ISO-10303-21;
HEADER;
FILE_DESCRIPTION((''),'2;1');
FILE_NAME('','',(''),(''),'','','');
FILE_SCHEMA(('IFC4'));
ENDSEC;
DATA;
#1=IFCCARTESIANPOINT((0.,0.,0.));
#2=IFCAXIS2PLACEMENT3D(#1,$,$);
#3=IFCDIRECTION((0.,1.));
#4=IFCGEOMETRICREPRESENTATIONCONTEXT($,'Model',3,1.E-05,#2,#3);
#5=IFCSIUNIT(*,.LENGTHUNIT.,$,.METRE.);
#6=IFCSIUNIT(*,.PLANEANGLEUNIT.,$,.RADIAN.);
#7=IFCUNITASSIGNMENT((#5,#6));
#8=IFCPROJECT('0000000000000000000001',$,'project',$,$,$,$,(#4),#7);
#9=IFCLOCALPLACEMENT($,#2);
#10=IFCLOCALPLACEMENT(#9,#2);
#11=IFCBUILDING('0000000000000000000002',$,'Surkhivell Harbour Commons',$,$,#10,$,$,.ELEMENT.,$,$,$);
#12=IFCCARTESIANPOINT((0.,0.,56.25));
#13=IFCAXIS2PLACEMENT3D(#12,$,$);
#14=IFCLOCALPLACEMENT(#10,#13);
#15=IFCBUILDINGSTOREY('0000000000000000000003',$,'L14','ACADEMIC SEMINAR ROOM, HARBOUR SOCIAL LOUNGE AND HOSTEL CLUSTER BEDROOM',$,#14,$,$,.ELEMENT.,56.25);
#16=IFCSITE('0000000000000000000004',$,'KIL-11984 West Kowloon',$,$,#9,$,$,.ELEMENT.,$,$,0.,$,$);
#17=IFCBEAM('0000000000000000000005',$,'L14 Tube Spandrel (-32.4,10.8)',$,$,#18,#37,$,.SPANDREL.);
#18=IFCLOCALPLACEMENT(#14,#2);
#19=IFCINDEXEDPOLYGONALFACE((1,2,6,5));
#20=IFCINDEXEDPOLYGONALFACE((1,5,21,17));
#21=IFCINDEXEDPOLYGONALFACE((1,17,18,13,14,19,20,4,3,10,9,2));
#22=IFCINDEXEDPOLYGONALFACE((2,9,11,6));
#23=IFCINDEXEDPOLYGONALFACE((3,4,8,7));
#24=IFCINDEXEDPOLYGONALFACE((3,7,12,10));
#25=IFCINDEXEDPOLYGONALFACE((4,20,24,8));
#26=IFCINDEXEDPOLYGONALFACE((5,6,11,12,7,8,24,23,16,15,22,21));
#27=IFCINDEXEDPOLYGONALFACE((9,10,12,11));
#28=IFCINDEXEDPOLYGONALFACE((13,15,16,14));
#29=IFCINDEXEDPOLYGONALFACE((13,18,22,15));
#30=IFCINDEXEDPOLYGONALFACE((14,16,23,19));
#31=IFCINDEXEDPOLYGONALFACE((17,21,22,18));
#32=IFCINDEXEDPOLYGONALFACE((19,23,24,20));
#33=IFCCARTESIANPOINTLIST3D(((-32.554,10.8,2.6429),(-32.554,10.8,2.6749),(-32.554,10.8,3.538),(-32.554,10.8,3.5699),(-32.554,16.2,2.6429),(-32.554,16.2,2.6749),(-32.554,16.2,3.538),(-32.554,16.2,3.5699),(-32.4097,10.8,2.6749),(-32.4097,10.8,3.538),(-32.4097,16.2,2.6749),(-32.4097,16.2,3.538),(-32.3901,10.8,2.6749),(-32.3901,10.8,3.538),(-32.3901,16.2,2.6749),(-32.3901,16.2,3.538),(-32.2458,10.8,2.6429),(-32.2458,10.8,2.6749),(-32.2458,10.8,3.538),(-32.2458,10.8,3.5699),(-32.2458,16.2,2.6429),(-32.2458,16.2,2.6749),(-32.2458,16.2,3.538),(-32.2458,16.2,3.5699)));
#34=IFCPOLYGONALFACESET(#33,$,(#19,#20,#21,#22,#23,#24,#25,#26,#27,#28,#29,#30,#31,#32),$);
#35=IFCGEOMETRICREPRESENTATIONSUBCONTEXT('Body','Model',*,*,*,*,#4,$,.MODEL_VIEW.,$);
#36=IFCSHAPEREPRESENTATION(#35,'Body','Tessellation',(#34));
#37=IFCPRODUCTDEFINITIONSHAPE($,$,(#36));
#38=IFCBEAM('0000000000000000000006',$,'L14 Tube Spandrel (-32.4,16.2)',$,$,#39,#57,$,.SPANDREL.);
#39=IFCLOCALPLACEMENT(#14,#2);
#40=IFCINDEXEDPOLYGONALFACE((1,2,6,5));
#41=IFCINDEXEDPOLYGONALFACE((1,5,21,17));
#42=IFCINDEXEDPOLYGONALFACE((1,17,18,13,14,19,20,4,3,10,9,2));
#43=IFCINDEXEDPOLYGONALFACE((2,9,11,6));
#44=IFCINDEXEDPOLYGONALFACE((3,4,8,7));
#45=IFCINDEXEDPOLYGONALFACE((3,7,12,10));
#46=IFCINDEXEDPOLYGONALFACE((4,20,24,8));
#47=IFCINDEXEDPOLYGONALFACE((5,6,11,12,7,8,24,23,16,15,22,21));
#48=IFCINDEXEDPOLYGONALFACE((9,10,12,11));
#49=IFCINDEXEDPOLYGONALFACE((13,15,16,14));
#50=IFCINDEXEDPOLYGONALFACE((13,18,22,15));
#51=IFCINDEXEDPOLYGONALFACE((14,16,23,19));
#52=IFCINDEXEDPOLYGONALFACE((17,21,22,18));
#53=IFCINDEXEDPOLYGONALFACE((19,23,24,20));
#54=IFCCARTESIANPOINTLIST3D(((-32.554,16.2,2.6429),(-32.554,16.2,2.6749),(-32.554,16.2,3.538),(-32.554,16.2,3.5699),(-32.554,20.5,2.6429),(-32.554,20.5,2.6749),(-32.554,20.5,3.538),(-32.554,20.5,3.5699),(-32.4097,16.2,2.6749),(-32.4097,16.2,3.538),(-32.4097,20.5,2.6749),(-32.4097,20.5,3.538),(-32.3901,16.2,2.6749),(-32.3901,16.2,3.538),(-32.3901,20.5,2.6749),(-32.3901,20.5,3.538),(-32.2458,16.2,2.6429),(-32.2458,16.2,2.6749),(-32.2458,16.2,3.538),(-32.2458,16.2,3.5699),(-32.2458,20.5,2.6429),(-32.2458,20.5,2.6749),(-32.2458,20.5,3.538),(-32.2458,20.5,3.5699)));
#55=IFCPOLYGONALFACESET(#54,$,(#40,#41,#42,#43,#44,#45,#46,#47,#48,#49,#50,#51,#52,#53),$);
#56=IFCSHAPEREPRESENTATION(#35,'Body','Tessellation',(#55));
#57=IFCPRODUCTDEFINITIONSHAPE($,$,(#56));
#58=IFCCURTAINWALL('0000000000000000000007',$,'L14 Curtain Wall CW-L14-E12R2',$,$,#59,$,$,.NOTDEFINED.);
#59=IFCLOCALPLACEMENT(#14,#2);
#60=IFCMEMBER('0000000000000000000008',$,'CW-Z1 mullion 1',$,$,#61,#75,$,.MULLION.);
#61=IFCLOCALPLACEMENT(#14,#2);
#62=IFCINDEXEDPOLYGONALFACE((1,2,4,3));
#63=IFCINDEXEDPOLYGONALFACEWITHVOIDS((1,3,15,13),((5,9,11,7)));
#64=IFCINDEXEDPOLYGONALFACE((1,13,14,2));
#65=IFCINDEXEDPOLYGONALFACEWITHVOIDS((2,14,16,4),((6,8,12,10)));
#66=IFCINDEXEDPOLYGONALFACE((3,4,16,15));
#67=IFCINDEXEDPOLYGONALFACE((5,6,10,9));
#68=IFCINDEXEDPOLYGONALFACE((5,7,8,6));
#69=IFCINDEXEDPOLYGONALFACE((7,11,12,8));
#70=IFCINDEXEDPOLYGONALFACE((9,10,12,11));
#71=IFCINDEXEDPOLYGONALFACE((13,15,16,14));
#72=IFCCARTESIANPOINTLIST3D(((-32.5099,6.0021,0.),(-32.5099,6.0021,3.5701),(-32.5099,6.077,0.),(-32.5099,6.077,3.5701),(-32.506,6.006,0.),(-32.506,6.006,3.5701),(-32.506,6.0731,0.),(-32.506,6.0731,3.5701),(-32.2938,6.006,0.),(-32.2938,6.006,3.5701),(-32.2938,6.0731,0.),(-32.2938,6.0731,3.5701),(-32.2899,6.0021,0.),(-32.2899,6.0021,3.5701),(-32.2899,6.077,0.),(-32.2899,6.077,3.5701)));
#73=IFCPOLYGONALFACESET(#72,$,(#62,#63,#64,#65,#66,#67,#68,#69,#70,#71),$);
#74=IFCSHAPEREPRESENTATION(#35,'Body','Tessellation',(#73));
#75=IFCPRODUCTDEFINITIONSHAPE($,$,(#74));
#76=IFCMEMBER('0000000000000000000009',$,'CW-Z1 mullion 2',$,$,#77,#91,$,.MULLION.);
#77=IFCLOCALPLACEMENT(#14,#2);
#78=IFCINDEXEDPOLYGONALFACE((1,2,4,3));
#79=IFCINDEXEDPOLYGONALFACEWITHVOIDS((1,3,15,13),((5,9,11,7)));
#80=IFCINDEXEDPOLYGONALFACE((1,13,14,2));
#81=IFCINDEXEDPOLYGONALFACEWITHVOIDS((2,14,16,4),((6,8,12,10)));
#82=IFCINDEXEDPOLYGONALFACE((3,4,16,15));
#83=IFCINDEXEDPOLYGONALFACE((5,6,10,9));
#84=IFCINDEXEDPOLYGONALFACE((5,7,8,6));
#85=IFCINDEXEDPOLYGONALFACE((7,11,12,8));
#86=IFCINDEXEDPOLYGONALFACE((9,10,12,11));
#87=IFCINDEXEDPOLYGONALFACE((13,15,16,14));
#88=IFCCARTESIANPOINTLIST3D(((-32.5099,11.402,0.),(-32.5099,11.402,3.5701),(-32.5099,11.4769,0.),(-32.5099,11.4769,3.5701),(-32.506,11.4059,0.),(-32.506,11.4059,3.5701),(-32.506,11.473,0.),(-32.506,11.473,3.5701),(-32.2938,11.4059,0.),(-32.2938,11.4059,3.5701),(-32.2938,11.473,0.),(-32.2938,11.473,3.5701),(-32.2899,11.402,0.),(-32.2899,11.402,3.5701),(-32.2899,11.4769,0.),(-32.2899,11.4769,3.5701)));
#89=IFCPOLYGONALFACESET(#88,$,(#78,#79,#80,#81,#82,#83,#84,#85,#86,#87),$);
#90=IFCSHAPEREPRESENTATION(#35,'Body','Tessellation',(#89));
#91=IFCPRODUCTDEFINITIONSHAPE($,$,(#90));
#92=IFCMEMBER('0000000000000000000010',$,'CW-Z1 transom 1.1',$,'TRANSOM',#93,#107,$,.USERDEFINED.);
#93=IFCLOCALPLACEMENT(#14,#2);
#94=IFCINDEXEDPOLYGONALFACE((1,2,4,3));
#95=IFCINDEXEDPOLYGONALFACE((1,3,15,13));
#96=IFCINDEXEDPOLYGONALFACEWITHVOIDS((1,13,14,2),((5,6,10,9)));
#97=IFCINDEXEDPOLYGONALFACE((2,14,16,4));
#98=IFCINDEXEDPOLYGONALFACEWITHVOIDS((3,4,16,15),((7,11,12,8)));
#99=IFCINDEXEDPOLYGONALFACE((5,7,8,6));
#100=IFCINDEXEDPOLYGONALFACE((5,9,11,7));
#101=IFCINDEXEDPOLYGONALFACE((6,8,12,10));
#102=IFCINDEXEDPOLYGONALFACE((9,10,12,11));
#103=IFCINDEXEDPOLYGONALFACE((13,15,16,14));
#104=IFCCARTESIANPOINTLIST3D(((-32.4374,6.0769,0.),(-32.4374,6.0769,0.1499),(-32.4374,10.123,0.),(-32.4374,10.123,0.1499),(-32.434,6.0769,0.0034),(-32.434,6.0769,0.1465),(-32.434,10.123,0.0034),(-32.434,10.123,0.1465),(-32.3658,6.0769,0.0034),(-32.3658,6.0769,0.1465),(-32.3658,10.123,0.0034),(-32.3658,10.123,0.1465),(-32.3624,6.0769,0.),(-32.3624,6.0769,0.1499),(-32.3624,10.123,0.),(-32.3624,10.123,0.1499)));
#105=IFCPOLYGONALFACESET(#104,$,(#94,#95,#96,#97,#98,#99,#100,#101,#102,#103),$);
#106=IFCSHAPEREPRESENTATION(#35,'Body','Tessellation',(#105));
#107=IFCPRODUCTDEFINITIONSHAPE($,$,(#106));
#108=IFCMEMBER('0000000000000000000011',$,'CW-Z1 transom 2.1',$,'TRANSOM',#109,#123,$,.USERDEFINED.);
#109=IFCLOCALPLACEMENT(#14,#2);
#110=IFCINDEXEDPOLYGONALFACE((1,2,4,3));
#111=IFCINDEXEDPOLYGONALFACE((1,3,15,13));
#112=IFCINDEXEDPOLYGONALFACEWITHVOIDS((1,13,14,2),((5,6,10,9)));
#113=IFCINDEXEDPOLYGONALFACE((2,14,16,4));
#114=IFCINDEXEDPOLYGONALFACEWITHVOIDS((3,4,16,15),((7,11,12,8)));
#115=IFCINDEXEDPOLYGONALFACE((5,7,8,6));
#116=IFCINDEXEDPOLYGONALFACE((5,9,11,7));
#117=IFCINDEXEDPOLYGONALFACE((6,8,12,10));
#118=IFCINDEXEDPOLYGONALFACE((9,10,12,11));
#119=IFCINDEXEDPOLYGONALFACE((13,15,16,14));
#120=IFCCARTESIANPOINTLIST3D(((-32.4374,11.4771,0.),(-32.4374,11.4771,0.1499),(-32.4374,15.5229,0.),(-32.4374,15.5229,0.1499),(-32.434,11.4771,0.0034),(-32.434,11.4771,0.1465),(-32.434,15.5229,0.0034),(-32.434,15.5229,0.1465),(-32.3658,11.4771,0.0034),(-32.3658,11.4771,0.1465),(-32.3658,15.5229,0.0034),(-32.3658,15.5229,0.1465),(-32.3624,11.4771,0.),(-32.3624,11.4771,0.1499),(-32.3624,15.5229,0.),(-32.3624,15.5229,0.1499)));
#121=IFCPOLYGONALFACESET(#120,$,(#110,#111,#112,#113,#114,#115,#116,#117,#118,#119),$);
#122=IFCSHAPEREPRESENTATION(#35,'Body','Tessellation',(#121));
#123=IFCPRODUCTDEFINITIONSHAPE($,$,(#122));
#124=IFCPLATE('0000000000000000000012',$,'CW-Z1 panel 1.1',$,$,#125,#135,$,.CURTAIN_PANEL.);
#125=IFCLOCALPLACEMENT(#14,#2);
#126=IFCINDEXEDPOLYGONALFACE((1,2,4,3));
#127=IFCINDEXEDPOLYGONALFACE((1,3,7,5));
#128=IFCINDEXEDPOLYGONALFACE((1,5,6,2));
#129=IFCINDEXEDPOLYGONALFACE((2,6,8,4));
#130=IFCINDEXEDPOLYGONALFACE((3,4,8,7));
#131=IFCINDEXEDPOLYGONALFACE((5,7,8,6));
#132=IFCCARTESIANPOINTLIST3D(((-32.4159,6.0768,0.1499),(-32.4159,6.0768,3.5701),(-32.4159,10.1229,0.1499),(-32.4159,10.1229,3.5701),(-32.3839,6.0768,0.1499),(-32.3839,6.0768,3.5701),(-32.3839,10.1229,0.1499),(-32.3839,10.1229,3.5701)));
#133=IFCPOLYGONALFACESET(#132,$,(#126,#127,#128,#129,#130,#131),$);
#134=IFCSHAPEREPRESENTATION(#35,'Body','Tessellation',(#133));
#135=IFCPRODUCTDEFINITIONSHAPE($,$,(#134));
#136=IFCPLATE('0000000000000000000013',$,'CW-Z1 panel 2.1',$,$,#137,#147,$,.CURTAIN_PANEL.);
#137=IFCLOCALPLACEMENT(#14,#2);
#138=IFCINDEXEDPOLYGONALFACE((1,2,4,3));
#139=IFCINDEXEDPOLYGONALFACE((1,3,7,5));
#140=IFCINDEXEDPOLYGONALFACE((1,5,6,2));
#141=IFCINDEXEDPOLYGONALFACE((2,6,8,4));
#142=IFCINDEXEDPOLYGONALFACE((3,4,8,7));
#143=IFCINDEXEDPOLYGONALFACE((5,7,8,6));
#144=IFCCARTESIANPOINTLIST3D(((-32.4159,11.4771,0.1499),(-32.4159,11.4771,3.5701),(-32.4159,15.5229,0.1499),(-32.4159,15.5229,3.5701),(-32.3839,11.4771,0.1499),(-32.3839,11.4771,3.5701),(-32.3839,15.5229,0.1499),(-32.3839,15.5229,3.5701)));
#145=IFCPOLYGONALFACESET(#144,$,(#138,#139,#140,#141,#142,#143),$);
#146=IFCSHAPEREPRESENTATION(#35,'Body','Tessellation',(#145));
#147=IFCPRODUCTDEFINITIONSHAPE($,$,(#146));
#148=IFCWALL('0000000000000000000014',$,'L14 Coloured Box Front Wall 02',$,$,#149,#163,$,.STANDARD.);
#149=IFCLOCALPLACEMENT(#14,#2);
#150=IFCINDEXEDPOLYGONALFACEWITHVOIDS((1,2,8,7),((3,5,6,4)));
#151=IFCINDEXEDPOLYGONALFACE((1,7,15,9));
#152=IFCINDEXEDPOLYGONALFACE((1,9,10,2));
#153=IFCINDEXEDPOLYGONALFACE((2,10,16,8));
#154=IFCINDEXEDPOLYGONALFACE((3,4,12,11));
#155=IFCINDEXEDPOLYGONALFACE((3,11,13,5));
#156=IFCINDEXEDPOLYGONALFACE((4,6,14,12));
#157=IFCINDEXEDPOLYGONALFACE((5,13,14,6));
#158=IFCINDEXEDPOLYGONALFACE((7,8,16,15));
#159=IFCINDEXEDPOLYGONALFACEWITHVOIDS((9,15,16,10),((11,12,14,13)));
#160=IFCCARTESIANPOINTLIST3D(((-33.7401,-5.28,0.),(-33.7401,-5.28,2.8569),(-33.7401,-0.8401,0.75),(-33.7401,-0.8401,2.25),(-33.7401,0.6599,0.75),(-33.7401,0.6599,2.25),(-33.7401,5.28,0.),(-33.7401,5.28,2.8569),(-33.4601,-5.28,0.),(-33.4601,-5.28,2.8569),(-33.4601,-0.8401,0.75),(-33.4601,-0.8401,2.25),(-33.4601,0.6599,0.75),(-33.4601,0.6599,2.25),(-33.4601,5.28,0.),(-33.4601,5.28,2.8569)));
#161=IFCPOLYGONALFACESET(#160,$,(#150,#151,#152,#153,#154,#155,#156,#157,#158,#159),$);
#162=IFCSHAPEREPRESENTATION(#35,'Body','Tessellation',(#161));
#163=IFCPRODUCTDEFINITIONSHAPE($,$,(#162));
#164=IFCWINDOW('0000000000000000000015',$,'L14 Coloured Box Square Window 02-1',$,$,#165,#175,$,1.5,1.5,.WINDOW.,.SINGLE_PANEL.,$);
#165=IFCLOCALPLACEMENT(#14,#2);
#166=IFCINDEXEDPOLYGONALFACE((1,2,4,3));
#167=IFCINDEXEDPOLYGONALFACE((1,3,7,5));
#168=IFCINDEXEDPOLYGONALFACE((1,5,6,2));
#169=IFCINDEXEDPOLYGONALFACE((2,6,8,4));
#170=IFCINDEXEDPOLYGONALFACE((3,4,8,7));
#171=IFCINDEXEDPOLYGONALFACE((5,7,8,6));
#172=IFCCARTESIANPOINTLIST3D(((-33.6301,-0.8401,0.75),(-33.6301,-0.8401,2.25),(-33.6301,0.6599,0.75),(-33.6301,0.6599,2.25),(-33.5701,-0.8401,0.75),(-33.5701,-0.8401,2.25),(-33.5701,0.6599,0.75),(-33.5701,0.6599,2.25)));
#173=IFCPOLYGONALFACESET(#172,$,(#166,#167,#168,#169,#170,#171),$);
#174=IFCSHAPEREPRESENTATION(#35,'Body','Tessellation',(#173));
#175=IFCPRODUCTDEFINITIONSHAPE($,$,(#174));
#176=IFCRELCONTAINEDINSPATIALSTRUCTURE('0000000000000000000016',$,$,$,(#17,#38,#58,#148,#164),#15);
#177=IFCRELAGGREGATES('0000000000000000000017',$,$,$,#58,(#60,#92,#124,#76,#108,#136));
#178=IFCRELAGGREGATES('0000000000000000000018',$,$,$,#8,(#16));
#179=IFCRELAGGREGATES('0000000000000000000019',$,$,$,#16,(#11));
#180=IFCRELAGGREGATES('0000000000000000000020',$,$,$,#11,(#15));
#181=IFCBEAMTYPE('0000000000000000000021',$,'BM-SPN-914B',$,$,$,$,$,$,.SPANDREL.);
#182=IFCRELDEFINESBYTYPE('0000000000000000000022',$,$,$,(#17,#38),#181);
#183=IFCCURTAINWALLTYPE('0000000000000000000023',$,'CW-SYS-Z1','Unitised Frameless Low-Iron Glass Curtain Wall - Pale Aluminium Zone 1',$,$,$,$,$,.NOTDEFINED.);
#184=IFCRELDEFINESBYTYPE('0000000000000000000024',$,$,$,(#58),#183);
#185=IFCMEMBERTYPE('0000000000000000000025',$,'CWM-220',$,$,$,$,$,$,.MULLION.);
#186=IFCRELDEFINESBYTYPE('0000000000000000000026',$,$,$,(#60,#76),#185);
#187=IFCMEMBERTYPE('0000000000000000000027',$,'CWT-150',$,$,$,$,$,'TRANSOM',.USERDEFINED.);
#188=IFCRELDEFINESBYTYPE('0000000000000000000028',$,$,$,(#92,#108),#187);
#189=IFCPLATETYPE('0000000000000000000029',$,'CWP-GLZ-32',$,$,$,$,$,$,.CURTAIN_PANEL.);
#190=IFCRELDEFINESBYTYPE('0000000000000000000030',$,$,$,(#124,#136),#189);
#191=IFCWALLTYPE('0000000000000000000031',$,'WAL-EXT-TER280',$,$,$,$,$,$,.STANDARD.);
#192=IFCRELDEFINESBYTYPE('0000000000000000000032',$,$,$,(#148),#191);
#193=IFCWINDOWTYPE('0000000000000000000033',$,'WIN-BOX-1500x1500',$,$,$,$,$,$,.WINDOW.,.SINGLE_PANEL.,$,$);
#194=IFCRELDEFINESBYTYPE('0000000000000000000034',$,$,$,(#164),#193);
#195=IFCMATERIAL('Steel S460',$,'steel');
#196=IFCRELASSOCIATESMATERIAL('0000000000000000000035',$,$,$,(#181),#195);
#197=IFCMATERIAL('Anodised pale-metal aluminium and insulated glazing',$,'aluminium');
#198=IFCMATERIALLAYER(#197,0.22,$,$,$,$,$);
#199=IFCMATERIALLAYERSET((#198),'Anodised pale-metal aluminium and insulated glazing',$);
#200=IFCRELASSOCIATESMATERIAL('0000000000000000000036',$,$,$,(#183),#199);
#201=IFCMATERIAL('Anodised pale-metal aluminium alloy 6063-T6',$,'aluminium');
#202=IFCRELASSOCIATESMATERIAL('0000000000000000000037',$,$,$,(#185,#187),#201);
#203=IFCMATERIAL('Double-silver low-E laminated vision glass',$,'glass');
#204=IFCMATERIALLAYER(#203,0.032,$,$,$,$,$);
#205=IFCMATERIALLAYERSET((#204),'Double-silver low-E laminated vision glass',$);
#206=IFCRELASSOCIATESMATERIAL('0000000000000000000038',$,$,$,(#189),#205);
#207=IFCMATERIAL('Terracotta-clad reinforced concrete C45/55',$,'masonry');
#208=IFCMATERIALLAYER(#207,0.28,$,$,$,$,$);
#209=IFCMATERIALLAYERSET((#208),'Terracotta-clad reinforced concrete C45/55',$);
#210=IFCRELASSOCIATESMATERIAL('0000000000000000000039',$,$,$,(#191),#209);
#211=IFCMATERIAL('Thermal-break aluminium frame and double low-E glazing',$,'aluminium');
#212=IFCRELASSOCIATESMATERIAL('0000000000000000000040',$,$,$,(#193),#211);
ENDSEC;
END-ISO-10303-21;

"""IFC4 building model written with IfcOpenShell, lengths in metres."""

from ifc_helpers import new_model, si_unit, direction, frame, frame_2d, origin, origin_2d, place, context, subcontext, project, spatial, rectangle, hollow_rectangle, i_section, extrude, material, layer, layer_set, material_profile, profile_set, type_object, element, fill, aggregate, save


model = new_model("IFC4")

# Units and contexts
model_context = context("Model", 3, precision=1e-05, world=origin(), true_north=direction((0.0, 1.0)))
body_context = subcontext(model_context, "Body", "Model", "MODEL_VIEW")
ifc_project = project(units=[si_unit("LENGTHUNIT", "METRE"), si_unit("PLANEANGLEUNIT", "RADIAN")], contexts=[model_context])

# Site, building, storey
site_placement = place(None, origin())
site = spatial("IfcSite", under=ifc_project, at=site_placement, Name="KIL-11984 West Kowloon", CompositionType="ELEMENT", RefElevation=0.0)
building_placement = place(site_placement, origin())
building = spatial("IfcBuilding", under=site, at=building_placement, Name="Surkhivell Harbour Commons", CompositionType="ELEMENT")
storey_placement = place(building_placement, frame((0.0, 0.0, 56.25)))
storey = spatial("IfcBuildingStorey", under=building, at=storey_placement, Name="L14", Description="ACADEMIC SEMINAR ROOM, HARBOUR SOCIAL LOUNGE AND HOSTEL CLUSTER BEDROOM", CompositionType="ELEMENT", Elevation=56.25)

# Beams
ifc_material_1 = material(Name="Steel S460", Category="steel")
ifc_material_profile_1 = material_profile(ifc_material_1, i_section(OverallWidth=0.3081, OverallDepth=0.927, WebThickness=0.0195, FlangeThickness=0.032, at=origin_2d()), Name="UB914x305x289")
ifc_profile_set_1 = profile_set([ifc_material_profile_1], Name="Steel S460")
beam_type_1 = type_object("IfcBeamType", Name="BM-SPN-914B", PredefinedType="SPANDREL", material=ifc_profile_set_1)
beam_1_placement = place(storey_placement, frame((-32.3999, 10.8, 3.1064), z_axis=(0.0, 1.0, 0.0), x_axis=(-1.0, 0.0, 0.0)))
element("IfcBeam", 1, at=beam_1_placement, inside=storey, type_object=beam_type_1, Name="L14 Tube Spandrel (-32.4,10.8)", PredefinedType="SPANDREL", context=body_context, shape_type="SweptSolid", body=[
    extrude(i_section(OverallWidth=0.3081, OverallDepth=0.927, WebThickness=0.0195, FlangeThickness=0.032, at=origin_2d()), origin(), (0.0, 0.0, 1.0), 5.3999),
])
beam_2_placement = place(storey_placement, frame((-32.3999, 16.2, 3.1064), z_axis=(0.0, 1.0, 0.0), x_axis=(-1.0, 0.0, 0.0)))
element("IfcBeam", 2, at=beam_2_placement, inside=storey, type_object=beam_type_1, Name="L14 Tube Spandrel (-32.4,16.2)", PredefinedType="SPANDREL", context=body_context, shape_type="SweptSolid", body=[
    extrude(i_section(OverallWidth=0.3081, OverallDepth=0.927, WebThickness=0.0195, FlangeThickness=0.032, at=origin_2d()), origin(), (0.0, 0.0, 1.0), 4.3),
])

# Curtain wall, members, plates
ifc_material_2 = material(Name="Anodised pale-metal aluminium and insulated glazing", Category="aluminium")
ifc_layer_1 = layer(ifc_material_2, 0.22)
ifc_layer_set_1 = layer_set([ifc_layer_1], Name="Anodised pale-metal aluminium and insulated glazing")
curtain_wall_type = type_object("IfcCurtainWallType", Name="CW-SYS-Z1", Description="Unitised Frameless Low-Iron Glass Curtain Wall - Pale Aluminium Zone 1", PredefinedType="NOTDEFINED", material=ifc_layer_set_1)
curtain_wall_placement = place(storey_placement, origin())
curtain_wall = element("IfcCurtainWall", 3, at=curtain_wall_placement, inside=storey, type_object=curtain_wall_type, Name="L14 Curtain Wall CW-L14-E12R2", PredefinedType="NOTDEFINED")
ifc_material_3 = material(Name="Anodised pale-metal aluminium alloy 6063-T6", Category="aluminium")
ifc_material_profile_2 = material_profile(ifc_material_3, hollow_rectangle(XDim=0.075, YDim=0.22, WallThickness=0.0039, at=origin_2d()), Name="ALU-MULL-75x220")
ifc_profile_set_2 = profile_set([ifc_material_profile_2], Name="Anodised pale-metal aluminium alloy 6063-T6")
member_type_1 = type_object("IfcMemberType", Name="CWM-220", PredefinedType="MULLION", material=ifc_profile_set_2)
member_1_placement = place(storey_placement, frame((-32.3999, 6.0396, 0.0), z_axis=(0.0, 0.0, 1.0), x_axis=(0.0, 1.0, 0.0)))
member_1 = element("IfcMember", 4, at=member_1_placement, type_object=member_type_1, Name="CW-Z1 mullion 1", PredefinedType="MULLION", context=body_context, shape_type="SweptSolid", body=[
    extrude(hollow_rectangle(XDim=0.075, YDim=0.22, WallThickness=0.0039, at=origin_2d()), origin(), (0.0, 0.0, 1.0), 3.5701),
])
member_2_placement = place(storey_placement, frame((-32.3999, 11.4395, 0.0), z_axis=(0.0, 0.0, 1.0), x_axis=(0.0, 1.0, 0.0)))
member_2 = element("IfcMember", 5, at=member_2_placement, type_object=member_type_1, Name="CW-Z1 mullion 2", PredefinedType="MULLION", context=body_context, shape_type="SweptSolid", body=[
    extrude(hollow_rectangle(XDim=0.075, YDim=0.22, WallThickness=0.0039, at=origin_2d()), origin(), (0.0, 0.0, 1.0), 3.5701),
])
ifc_material_profile_3 = material_profile(ifc_material_3, hollow_rectangle(XDim=0.075, YDim=0.1499, WallThickness=0.0034, at=origin_2d()), Name="ALU-TRAN-75x150")
ifc_profile_set_3 = profile_set([ifc_material_profile_3], Name="Anodised pale-metal aluminium alloy 6063-T6")
member_type_2 = type_object("IfcMemberType", Name="CWT-150", ElementType="TRANSOM", PredefinedType="USERDEFINED", material=ifc_profile_set_3)
member_3_placement = place(storey_placement, frame((-32.3999, 6.0769, 0.075), z_axis=(0.0, 1.0, 0.0), x_axis=(-1.0, 0.0, 0.0)))
member_3 = element("IfcMember", 6, at=member_3_placement, type_object=member_type_2, Name="CW-Z1 transom 1.1", ObjectType="TRANSOM", PredefinedType="USERDEFINED", context=body_context, shape_type="SweptSolid", body=[
    extrude(hollow_rectangle(XDim=0.075, YDim=0.1499, WallThickness=0.0034, at=origin_2d()), origin(), (0.0, 0.0, 1.0), 4.0461),
])
member_4_placement = place(storey_placement, frame((-32.3999, 11.4771, 0.075), z_axis=(0.0, 1.0, 0.0), x_axis=(-1.0, 0.0, 0.0)))
member_4 = element("IfcMember", 7, at=member_4_placement, type_object=member_type_2, Name="CW-Z1 transom 2.1", ObjectType="TRANSOM", PredefinedType="USERDEFINED", context=body_context, shape_type="SweptSolid", body=[
    extrude(hollow_rectangle(XDim=0.075, YDim=0.1499, WallThickness=0.0034, at=origin_2d()), origin(), (0.0, 0.0, 1.0), 4.0459),
])
ifc_material_4 = material(Name="Double-silver low-E laminated vision glass", Category="glass")
ifc_layer_2 = layer(ifc_material_4, 0.032)
ifc_layer_set_2 = layer_set([ifc_layer_2], Name="Double-silver low-E laminated vision glass")
plate_type = type_object("IfcPlateType", Name="CWP-GLZ-32", PredefinedType="CURTAIN_PANEL", material=ifc_layer_set_2)
plate_1_placement = place(storey_placement, frame((-32.3999, 6.0769, 0.1499), z_axis=(0.0, 0.0, 1.0), x_axis=(0.0, 1.0, 0.0)))
plate_1 = element("IfcPlate", 8, at=plate_1_placement, type_object=plate_type, Name="CW-Z1 panel 1.1", PredefinedType="CURTAIN_PANEL", context=body_context, shape_type="SweptSolid", body=[
    extrude(rectangle(XDim=4.0461, YDim=0.032, at=frame_2d((2.0229, 0.0))), origin(), (0.0, 0.0, 1.0), 3.4202),
])
plate_2_placement = place(storey_placement, frame((-32.3999, 11.4771, 0.1499), z_axis=(0.0, 0.0, 1.0), x_axis=(0.0, 1.0, 0.0)))
plate_2 = element("IfcPlate", 9, at=plate_2_placement, type_object=plate_type, Name="CW-Z1 panel 2.1", PredefinedType="CURTAIN_PANEL", context=body_context, shape_type="SweptSolid", body=[
    extrude(rectangle(XDim=4.0459, YDim=0.032, at=frame_2d((2.0229, 0.0))), origin(), (0.0, 0.0, 1.0), 3.4202),
])
aggregate(curtain_wall, [member_1, member_3, plate_1, member_2, member_4, plate_2])

# Wall, opening, window
ifc_material_5 = material(Name="Terracotta-clad reinforced concrete C45/55", Category="masonry")
ifc_layer_3 = layer(ifc_material_5, 0.28)
ifc_layer_set_3 = layer_set([ifc_layer_3], Name="Terracotta-clad reinforced concrete C45/55")
wall_type_1 = type_object("IfcWallType", Name="WAL-EXT-TER280", PredefinedType="STANDARD", material=ifc_layer_set_3)
wall_1_placement = place(storey_placement, frame((-33.6001, 5.28, 0.0), z_axis=(0.0, 0.0, 1.0), x_axis=(0.0, -1.0, 0.0)))
wall_1 = element("IfcWall", 10, at=wall_1_placement, inside=storey, type_object=wall_type_1, Name="L14 Coloured Box Front Wall 02", PredefinedType="STANDARD", context=body_context, shape_type="SweptSolid", body=[
    extrude(rectangle(XDim=10.5601, YDim=0.28, at=frame_2d((5.28, 0.0))), origin(), (0.0, 0.0, 1.0), 2.8569),
])
opening_placement = place(wall_1_placement, frame((4.6201, 0.0, 0.75)))
opening = element("IfcOpeningElement", 11, at=opening_placement, cuts=wall_1, PredefinedType="OPENING", context=body_context, shape_type="SweptSolid", body=[
    extrude(rectangle(XDim=1.5, YDim=1.5, at=frame_2d((0.75, 0.75))), frame((0.0, 0.1499, 0.0), z_axis=(0.0, -1.0, 0.0), x_axis=(1.0, 0.0, 0.0)), (0.0, 0.0, 1.0), 0.3),
])
ifc_material_6 = material(Name="Thermal-break aluminium frame and double low-E glazing", Category="aluminium")
window_type = type_object("IfcWindowType", Name="WIN-BOX-1500x1500", PartitioningType="SINGLE_PANEL", PredefinedType="WINDOW", material=ifc_material_6)
window_placement = place(opening_placement, origin())
window = element("IfcWindow", 12, at=window_placement, inside=storey, type_object=window_type, Name="L14 Coloured Box Square Window 02-1", OverallHeight=1.5, OverallWidth=1.5, PartitioningType="SINGLE_PANEL", PredefinedType="WINDOW", context=body_context, shape_type="SweptSolid", body=[
    extrude(rectangle(XDim=1.5, YDim=1.5, at=frame_2d((0.75, 0.75))), frame((0.0, 0.03, 0.0), z_axis=(0.0, -1.0, 0.0), x_axis=(1.0, 0.0, 0.0)), (0.0, 0.0, 1.0), 0.0601),
])
fill(opening, window)

save(model, "model.ifc")
